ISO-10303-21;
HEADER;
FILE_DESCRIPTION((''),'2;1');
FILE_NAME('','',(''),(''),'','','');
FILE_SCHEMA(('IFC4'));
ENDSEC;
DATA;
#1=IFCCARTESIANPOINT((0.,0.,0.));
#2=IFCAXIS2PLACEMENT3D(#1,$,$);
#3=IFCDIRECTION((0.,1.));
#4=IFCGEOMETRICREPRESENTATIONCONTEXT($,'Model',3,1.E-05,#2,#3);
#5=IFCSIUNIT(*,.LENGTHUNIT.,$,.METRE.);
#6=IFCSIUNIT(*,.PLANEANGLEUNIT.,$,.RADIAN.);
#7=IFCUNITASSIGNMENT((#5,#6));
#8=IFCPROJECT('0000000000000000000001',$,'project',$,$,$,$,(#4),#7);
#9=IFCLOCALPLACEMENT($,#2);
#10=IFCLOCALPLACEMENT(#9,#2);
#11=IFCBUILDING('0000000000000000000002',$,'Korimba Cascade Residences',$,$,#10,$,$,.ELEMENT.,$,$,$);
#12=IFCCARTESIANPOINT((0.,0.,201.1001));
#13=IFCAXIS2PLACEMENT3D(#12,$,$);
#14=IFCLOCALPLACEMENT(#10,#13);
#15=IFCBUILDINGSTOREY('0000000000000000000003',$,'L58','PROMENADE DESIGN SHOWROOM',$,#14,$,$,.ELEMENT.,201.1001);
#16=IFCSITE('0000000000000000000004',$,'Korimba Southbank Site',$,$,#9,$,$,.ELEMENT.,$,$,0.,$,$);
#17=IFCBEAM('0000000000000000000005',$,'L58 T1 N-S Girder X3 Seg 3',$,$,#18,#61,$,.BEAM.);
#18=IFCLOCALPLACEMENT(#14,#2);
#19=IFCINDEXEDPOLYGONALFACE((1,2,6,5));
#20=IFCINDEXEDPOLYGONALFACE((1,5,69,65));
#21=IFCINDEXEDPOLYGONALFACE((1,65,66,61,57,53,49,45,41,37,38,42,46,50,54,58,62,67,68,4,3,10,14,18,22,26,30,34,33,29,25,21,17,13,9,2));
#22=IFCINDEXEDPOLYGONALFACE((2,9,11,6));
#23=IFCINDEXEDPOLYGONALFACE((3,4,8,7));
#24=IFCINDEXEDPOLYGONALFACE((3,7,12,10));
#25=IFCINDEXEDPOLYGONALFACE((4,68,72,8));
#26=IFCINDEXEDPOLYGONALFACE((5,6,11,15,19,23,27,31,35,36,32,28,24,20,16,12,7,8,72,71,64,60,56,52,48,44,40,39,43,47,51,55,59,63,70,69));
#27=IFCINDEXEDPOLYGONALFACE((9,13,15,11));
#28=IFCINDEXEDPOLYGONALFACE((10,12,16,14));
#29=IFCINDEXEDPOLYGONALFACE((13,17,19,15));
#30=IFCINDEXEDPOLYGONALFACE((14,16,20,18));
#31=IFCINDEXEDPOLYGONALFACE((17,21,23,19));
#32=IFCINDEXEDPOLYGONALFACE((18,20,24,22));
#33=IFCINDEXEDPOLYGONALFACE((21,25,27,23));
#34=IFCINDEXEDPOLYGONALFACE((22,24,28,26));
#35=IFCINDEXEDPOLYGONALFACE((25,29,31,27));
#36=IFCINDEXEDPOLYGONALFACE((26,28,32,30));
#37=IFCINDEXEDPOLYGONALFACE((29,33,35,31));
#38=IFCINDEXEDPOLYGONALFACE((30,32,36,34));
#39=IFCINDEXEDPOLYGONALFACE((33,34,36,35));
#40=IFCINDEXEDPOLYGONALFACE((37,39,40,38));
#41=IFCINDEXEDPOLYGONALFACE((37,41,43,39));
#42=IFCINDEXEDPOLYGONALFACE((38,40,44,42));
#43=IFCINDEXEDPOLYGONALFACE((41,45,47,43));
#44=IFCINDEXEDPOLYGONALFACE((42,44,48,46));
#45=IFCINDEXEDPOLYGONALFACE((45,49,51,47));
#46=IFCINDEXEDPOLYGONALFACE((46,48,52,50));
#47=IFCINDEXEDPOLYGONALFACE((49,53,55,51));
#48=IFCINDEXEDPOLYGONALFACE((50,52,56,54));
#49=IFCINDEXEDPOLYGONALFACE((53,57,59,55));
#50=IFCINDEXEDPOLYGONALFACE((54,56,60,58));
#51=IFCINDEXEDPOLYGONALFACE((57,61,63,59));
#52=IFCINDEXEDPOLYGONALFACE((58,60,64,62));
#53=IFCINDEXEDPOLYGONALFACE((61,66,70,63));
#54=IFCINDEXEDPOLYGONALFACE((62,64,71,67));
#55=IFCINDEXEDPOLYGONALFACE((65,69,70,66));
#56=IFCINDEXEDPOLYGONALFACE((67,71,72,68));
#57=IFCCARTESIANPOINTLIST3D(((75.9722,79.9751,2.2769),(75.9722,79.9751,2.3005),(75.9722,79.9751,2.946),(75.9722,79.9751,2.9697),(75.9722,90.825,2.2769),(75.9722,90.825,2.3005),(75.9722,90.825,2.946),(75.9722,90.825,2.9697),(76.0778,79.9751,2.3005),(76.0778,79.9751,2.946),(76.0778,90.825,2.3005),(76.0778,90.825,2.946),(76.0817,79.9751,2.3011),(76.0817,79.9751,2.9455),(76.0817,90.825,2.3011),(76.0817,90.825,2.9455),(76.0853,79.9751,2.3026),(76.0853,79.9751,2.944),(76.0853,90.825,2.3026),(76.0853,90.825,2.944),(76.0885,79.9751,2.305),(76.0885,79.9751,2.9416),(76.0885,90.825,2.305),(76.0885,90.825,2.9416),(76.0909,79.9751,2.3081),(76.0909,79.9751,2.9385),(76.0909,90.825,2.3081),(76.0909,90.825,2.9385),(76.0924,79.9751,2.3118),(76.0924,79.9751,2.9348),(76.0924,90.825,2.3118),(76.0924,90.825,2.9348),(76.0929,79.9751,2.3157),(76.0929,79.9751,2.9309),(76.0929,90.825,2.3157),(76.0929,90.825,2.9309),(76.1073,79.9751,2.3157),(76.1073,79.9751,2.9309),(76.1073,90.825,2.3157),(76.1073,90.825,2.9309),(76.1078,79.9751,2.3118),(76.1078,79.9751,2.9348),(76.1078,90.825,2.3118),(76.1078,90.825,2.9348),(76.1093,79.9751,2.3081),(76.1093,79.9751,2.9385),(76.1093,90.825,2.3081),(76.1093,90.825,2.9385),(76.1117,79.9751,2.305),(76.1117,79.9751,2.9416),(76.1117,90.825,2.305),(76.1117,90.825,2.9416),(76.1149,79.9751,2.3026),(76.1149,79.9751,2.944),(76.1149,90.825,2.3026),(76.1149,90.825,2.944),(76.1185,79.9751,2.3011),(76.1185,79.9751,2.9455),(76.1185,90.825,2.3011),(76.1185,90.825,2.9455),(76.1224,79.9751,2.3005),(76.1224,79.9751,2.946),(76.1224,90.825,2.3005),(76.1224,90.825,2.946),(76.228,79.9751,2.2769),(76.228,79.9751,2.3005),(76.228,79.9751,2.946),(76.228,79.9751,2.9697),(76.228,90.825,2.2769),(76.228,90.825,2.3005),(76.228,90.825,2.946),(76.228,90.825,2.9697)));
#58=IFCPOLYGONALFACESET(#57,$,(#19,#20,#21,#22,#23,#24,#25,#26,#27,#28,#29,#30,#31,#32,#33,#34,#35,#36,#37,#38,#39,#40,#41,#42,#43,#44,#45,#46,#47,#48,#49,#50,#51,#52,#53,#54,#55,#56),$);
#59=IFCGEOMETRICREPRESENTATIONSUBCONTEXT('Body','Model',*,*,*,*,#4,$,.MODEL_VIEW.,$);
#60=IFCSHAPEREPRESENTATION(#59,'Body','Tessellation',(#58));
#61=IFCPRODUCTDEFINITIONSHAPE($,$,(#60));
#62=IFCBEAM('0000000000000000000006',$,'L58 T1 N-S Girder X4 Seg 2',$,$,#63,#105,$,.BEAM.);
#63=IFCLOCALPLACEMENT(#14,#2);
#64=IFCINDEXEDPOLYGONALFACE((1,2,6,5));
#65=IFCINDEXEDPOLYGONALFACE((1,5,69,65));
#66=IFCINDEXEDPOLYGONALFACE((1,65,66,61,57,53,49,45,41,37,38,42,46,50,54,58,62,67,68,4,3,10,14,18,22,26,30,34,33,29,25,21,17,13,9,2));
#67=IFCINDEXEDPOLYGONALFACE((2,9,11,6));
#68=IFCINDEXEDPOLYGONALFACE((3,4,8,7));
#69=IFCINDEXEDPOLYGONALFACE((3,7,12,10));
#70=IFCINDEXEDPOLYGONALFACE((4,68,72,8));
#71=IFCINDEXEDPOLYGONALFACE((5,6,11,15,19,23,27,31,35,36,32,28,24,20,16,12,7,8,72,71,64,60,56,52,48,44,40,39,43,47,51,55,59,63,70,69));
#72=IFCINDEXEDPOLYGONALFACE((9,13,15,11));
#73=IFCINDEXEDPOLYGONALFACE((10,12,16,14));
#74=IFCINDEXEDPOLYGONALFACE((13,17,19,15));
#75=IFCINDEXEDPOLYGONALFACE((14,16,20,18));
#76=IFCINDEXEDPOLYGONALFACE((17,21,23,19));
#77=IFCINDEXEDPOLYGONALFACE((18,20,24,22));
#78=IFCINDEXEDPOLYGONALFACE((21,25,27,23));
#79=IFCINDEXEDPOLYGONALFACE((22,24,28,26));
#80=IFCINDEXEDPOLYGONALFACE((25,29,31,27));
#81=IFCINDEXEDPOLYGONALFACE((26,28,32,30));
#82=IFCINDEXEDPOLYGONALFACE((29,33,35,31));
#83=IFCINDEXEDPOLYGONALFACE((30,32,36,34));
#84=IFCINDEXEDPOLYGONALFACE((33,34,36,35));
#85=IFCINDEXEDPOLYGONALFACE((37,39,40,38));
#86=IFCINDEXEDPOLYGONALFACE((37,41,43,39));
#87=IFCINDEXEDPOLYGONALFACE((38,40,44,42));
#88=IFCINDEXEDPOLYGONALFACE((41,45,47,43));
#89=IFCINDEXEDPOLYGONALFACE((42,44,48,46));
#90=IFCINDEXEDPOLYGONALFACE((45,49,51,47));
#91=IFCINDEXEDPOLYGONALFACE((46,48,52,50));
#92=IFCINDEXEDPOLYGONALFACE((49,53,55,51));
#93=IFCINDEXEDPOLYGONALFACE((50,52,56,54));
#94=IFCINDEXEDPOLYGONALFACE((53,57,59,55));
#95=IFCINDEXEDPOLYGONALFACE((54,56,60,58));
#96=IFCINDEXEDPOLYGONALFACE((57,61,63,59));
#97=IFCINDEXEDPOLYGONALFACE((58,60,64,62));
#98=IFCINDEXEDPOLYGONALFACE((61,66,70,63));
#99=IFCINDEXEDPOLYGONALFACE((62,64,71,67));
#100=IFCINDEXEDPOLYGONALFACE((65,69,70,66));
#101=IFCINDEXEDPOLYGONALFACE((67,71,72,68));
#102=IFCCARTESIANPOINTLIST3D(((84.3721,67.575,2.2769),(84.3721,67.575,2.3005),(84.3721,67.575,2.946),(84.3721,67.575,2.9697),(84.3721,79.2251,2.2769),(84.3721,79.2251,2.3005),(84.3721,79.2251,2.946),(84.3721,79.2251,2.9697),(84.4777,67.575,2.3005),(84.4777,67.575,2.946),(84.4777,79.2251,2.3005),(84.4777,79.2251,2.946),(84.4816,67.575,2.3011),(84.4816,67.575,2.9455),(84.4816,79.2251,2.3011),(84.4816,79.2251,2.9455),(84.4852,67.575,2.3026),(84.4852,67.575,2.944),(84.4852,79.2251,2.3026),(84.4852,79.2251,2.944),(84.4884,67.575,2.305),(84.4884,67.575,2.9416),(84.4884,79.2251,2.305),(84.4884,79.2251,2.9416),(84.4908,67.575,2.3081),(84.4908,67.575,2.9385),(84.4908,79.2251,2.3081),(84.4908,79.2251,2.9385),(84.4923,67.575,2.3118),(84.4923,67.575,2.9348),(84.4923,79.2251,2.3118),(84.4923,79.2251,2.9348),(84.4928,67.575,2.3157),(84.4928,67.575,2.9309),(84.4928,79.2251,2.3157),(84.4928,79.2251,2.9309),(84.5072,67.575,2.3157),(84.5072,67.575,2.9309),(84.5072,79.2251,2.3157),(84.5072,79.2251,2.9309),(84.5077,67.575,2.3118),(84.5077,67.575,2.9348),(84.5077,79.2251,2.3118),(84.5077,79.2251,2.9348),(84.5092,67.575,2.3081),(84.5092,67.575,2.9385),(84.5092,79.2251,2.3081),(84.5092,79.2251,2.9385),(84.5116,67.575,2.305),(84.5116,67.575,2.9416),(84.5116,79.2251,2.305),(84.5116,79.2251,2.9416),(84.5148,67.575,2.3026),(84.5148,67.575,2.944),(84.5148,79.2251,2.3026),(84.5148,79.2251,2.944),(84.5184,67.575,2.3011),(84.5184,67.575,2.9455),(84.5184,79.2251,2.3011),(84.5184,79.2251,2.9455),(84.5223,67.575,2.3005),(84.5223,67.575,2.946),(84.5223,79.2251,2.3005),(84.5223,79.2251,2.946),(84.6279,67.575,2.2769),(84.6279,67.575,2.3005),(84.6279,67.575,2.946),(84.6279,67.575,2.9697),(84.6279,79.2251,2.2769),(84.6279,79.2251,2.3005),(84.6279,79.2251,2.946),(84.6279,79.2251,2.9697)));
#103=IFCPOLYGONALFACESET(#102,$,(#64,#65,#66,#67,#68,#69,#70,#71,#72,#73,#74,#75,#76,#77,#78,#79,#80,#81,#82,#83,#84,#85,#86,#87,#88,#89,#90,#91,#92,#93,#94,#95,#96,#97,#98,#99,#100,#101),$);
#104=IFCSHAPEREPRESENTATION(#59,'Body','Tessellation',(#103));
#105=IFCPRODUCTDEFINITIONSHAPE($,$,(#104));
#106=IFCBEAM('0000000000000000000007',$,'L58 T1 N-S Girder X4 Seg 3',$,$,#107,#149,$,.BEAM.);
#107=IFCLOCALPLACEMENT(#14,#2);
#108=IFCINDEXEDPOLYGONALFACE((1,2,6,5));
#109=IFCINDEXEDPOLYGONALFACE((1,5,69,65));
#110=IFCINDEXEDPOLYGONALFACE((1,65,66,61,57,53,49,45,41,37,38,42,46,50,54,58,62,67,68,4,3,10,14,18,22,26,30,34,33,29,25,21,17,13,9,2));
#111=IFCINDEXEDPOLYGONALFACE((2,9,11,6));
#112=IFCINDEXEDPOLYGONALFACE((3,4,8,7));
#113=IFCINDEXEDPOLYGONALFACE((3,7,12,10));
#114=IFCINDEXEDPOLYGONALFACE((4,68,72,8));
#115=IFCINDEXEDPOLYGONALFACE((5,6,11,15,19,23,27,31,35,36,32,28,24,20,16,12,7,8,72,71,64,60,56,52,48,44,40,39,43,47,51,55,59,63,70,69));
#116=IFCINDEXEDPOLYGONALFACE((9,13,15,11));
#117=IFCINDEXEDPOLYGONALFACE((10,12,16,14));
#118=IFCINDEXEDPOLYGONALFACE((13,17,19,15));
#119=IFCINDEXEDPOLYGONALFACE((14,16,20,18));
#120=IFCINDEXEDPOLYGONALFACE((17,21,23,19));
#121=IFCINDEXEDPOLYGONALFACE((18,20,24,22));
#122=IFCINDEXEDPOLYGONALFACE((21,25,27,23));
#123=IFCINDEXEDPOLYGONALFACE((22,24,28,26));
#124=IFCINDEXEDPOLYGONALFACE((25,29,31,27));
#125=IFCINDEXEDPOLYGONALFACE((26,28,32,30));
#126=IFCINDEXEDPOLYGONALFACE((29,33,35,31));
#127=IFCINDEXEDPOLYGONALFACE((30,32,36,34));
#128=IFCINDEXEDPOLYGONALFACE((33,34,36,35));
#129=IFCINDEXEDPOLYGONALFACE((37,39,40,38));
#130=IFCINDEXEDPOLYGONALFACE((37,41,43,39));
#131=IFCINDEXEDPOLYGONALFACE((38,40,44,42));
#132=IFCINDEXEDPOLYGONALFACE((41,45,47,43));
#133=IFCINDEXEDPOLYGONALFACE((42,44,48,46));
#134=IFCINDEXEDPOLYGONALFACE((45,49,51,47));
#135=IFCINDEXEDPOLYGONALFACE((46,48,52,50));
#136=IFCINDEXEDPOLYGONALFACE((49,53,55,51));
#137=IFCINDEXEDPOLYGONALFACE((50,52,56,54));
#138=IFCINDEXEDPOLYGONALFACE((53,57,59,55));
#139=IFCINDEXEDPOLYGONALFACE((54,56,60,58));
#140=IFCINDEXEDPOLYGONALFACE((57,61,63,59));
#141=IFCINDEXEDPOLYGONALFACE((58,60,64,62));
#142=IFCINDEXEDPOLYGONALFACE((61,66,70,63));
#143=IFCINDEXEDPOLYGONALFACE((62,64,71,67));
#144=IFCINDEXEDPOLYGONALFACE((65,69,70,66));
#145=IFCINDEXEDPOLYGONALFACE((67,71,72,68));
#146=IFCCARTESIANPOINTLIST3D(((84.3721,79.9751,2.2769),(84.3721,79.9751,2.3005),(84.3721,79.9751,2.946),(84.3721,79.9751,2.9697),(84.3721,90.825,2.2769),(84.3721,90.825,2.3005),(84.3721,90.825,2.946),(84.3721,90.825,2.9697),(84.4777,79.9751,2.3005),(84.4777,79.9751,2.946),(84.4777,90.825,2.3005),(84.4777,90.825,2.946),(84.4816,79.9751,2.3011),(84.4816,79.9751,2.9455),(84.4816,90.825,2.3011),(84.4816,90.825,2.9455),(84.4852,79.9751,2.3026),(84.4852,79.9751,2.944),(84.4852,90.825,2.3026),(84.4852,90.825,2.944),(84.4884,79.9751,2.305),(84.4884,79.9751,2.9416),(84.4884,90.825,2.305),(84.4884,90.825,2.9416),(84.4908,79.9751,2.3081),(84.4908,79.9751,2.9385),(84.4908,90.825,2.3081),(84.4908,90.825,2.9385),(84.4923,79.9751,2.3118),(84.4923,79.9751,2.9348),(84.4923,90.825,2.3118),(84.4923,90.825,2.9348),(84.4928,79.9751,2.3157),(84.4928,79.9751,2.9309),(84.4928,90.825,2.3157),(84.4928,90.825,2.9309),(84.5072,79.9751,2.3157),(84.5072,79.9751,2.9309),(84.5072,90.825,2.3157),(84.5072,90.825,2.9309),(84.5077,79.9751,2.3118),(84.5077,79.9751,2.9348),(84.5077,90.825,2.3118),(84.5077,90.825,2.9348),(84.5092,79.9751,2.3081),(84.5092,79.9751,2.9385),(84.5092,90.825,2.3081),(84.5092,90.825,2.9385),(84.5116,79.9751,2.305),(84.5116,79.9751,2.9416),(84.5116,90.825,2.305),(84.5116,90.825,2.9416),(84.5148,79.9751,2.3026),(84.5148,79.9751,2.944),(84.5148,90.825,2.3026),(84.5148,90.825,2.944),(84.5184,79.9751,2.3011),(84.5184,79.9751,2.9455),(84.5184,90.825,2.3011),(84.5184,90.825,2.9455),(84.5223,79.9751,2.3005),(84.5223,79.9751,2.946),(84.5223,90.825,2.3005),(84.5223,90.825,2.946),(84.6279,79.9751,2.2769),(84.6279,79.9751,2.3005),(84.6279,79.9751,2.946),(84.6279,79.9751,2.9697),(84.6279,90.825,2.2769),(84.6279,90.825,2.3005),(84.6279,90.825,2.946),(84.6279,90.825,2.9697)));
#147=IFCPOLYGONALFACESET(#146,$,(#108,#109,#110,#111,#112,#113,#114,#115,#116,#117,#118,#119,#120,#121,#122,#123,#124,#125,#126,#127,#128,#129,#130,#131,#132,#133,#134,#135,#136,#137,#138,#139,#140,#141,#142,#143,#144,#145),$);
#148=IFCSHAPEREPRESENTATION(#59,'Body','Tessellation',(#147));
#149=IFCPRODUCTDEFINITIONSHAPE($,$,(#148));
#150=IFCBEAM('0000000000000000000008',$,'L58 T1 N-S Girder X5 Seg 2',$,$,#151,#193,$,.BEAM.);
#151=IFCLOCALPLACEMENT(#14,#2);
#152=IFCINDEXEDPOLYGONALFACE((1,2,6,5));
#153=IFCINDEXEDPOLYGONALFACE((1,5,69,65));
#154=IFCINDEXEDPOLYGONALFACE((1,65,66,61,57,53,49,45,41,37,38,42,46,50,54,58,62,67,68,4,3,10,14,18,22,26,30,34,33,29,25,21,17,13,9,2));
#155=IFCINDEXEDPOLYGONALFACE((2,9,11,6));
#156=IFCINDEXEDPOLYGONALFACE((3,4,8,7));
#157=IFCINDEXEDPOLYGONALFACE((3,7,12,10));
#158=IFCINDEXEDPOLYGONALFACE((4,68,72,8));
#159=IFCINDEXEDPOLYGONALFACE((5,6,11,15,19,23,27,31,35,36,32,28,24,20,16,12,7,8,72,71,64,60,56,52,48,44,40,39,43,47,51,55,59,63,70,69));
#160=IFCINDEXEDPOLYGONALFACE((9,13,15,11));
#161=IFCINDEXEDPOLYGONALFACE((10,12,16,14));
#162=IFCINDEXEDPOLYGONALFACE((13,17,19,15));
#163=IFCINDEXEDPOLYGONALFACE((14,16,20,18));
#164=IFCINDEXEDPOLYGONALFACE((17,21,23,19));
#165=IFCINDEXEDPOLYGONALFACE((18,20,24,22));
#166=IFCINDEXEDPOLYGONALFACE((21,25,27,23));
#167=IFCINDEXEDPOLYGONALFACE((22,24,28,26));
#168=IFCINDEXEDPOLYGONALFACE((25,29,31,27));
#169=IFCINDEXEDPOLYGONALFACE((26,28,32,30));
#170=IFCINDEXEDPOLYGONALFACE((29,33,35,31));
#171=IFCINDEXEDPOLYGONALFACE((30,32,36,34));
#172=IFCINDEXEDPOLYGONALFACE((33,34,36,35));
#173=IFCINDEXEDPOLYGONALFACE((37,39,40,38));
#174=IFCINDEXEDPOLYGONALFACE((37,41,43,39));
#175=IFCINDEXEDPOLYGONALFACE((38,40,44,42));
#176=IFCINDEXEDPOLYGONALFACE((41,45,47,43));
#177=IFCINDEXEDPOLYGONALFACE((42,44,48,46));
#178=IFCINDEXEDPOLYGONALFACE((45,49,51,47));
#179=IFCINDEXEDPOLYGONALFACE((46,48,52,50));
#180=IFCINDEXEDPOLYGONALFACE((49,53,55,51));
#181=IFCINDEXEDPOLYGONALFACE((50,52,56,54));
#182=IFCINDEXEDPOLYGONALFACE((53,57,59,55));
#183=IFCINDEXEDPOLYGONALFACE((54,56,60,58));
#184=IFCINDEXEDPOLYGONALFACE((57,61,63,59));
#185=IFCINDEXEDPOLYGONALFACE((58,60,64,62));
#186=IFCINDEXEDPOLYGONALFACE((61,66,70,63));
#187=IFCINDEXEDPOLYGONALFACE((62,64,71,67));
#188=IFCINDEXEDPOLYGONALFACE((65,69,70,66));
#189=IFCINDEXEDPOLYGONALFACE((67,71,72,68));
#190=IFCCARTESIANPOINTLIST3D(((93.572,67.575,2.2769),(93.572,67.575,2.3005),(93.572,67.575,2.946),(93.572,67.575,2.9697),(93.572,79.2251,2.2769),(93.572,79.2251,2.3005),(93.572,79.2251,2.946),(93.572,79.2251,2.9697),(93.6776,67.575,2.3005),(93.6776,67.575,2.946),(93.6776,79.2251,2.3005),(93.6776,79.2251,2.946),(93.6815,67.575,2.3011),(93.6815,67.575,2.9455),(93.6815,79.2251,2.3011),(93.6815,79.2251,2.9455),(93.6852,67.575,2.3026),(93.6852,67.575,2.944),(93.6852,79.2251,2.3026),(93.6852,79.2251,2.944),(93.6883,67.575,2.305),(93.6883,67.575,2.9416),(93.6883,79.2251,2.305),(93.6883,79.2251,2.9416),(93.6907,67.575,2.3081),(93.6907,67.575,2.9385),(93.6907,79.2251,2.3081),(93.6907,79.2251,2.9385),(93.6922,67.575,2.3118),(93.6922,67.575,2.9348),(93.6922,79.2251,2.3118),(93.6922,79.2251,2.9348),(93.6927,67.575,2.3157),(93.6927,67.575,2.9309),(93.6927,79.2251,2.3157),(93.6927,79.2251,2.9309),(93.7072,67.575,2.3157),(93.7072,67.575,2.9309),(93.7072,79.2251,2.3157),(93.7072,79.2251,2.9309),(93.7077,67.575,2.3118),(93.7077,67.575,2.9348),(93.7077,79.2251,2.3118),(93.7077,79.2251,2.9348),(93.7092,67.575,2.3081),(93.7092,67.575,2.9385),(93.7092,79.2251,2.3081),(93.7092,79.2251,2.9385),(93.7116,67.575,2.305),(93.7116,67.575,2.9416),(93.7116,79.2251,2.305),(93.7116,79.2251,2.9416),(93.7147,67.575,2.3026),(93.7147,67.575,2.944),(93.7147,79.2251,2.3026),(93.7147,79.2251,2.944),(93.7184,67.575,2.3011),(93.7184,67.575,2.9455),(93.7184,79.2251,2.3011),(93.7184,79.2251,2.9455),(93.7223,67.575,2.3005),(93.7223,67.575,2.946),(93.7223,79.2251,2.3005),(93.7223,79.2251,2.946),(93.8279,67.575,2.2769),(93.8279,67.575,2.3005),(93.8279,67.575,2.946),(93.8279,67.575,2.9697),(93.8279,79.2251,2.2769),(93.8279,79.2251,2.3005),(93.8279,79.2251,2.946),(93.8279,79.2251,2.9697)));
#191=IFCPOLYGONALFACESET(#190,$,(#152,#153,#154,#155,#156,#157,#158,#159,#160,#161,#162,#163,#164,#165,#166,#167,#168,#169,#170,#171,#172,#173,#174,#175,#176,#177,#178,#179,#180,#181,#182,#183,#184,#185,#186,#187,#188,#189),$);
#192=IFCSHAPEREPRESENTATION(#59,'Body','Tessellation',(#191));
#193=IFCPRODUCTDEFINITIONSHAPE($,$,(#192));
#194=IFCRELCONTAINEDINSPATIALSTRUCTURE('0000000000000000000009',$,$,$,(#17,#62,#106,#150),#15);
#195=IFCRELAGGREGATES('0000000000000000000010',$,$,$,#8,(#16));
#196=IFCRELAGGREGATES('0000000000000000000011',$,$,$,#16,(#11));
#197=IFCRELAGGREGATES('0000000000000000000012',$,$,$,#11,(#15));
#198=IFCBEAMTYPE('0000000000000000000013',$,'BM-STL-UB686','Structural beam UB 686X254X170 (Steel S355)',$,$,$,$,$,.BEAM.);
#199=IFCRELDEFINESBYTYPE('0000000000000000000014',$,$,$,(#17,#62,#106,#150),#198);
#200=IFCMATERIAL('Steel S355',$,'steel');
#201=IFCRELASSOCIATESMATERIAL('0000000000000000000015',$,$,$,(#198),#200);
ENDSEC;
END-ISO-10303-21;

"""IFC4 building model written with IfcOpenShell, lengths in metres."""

from ifc_helpers import new_model, si_unit, direction, frame, origin, origin_2d, place, context, subcontext, project, spatial, i_section, extrude, material, material_profile, profile_set, type_object, element, save


model = new_model("IFC4")

# Units and contexts
model_context = context("Model", 3, precision=1e-05, world=origin(), true_north=direction((0.0, 1.0)))
body_context = subcontext(model_context, "Body", "Model", "MODEL_VIEW")
ifc_project = project(units=[si_unit("LENGTHUNIT", "METRE"), si_unit("PLANEANGLEUNIT", "RADIAN")], contexts=[model_context])

# Site, building, storey
site_placement = place(None, origin())
site = spatial("IfcSite", under=ifc_project, at=site_placement, Name="Korimba Southbank Site", CompositionType="ELEMENT", RefElevation=0.0)
building_placement = place(site_placement, origin())
building = spatial("IfcBuilding", under=site, at=building_placement, Name="Korimba Cascade Residences", CompositionType="ELEMENT")
storey_placement = place(building_placement, frame((0.0, 0.0, 201.1001)))
storey = spatial("IfcBuildingStorey", under=building, at=storey_placement, Name="L58", Description="PROMENADE DESIGN SHOWROOM", CompositionType="ELEMENT", Elevation=201.1001)

# Beams
ifc_material_1 = material(Name="Steel S355", Category="steel")
ifc_material_profile_1 = material_profile(ifc_material_1, i_section(OverallWidth=0.2559, OverallDepth=0.6929, WebThickness=0.0144, FlangeThickness=0.0237, FilletRadius=0.0151, at=origin_2d()), Name="Steel S355")
ifc_profile_set_1 = profile_set([ifc_material_profile_1], Name="Steel S355")
beam_type_1 = type_object("IfcBeamType", Name="BM-STL-UB686", Description="Structural beam UB 686X254X170 (Steel S355)", PredefinedType="BEAM", material=ifc_profile_set_1)
beam_1_placement = place(storey_placement, frame((76.1001, 79.9751, 2.6233), z_axis=(0.0, 1.0, 0.0), x_axis=(-1.0, 0.0, 0.0)))
element("IfcBeam", 1, at=beam_1_placement, inside=storey, type_object=beam_type_1, Name="L58 T1 N-S Girder X3 Seg 3", PredefinedType="BEAM", context=body_context, shape_type="SweptSolid", body=[
    extrude(i_section(OverallWidth=0.2559, OverallDepth=0.6929, WebThickness=0.0144, FlangeThickness=0.0237, FilletRadius=0.0151, at=origin_2d()), origin(), (0.0, 0.0, 1.0), 10.8499),
])
beam_2_placement = place(storey_placement, frame((84.5, 67.575, 2.6233), z_axis=(0.0, 1.0, 0.0), x_axis=(-1.0, 0.0, 0.0)))
element("IfcBeam", 2, at=beam_2_placement, inside=storey, type_object=beam_type_1, Name="L58 T1 N-S Girder X4 Seg 2", PredefinedType="BEAM", context=body_context, shape_type="SweptSolid", body=[
    extrude(i_section(OverallWidth=0.2559, OverallDepth=0.6929, WebThickness=0.0144, FlangeThickness=0.0237, FilletRadius=0.0151, at=origin_2d()), origin(), (0.0, 0.0, 1.0), 11.6501),
])
beam_3_placement = place(storey_placement, frame((84.5, 79.9751, 2.6233), z_axis=(0.0, 1.0, 0.0), x_axis=(-1.0, 0.0, 0.0)))
element("IfcBeam", 3, at=beam_3_placement, inside=storey, type_object=beam_type_1, Name="L58 T1 N-S Girder X4 Seg 3", PredefinedType="BEAM", context=body_context, shape_type="SweptSolid", body=[
    extrude(i_section(OverallWidth=0.2559, OverallDepth=0.6929, WebThickness=0.0144, FlangeThickness=0.0237, FilletRadius=0.0151, at=origin_2d()), origin(), (0.0, 0.0, 1.0), 10.8499),
])
beam_4_placement = place(storey_placement, frame((93.7, 67.575, 2.6233), z_axis=(0.0, 1.0, 0.0), x_axis=(-1.0, 0.0, 0.0)))
element("IfcBeam", 4, at=beam_4_placement, inside=storey, type_object=beam_type_1, Name="L58 T1 N-S Girder X5 Seg 2", PredefinedType="BEAM", context=body_context, shape_type="SweptSolid", body=[
    extrude(i_section(OverallWidth=0.2559, OverallDepth=0.6929, WebThickness=0.0144, FlangeThickness=0.0237, FilletRadius=0.0151, at=origin_2d()), origin(), (0.0, 0.0, 1.0), 11.6501),
])

save(model, "model.ifc")
